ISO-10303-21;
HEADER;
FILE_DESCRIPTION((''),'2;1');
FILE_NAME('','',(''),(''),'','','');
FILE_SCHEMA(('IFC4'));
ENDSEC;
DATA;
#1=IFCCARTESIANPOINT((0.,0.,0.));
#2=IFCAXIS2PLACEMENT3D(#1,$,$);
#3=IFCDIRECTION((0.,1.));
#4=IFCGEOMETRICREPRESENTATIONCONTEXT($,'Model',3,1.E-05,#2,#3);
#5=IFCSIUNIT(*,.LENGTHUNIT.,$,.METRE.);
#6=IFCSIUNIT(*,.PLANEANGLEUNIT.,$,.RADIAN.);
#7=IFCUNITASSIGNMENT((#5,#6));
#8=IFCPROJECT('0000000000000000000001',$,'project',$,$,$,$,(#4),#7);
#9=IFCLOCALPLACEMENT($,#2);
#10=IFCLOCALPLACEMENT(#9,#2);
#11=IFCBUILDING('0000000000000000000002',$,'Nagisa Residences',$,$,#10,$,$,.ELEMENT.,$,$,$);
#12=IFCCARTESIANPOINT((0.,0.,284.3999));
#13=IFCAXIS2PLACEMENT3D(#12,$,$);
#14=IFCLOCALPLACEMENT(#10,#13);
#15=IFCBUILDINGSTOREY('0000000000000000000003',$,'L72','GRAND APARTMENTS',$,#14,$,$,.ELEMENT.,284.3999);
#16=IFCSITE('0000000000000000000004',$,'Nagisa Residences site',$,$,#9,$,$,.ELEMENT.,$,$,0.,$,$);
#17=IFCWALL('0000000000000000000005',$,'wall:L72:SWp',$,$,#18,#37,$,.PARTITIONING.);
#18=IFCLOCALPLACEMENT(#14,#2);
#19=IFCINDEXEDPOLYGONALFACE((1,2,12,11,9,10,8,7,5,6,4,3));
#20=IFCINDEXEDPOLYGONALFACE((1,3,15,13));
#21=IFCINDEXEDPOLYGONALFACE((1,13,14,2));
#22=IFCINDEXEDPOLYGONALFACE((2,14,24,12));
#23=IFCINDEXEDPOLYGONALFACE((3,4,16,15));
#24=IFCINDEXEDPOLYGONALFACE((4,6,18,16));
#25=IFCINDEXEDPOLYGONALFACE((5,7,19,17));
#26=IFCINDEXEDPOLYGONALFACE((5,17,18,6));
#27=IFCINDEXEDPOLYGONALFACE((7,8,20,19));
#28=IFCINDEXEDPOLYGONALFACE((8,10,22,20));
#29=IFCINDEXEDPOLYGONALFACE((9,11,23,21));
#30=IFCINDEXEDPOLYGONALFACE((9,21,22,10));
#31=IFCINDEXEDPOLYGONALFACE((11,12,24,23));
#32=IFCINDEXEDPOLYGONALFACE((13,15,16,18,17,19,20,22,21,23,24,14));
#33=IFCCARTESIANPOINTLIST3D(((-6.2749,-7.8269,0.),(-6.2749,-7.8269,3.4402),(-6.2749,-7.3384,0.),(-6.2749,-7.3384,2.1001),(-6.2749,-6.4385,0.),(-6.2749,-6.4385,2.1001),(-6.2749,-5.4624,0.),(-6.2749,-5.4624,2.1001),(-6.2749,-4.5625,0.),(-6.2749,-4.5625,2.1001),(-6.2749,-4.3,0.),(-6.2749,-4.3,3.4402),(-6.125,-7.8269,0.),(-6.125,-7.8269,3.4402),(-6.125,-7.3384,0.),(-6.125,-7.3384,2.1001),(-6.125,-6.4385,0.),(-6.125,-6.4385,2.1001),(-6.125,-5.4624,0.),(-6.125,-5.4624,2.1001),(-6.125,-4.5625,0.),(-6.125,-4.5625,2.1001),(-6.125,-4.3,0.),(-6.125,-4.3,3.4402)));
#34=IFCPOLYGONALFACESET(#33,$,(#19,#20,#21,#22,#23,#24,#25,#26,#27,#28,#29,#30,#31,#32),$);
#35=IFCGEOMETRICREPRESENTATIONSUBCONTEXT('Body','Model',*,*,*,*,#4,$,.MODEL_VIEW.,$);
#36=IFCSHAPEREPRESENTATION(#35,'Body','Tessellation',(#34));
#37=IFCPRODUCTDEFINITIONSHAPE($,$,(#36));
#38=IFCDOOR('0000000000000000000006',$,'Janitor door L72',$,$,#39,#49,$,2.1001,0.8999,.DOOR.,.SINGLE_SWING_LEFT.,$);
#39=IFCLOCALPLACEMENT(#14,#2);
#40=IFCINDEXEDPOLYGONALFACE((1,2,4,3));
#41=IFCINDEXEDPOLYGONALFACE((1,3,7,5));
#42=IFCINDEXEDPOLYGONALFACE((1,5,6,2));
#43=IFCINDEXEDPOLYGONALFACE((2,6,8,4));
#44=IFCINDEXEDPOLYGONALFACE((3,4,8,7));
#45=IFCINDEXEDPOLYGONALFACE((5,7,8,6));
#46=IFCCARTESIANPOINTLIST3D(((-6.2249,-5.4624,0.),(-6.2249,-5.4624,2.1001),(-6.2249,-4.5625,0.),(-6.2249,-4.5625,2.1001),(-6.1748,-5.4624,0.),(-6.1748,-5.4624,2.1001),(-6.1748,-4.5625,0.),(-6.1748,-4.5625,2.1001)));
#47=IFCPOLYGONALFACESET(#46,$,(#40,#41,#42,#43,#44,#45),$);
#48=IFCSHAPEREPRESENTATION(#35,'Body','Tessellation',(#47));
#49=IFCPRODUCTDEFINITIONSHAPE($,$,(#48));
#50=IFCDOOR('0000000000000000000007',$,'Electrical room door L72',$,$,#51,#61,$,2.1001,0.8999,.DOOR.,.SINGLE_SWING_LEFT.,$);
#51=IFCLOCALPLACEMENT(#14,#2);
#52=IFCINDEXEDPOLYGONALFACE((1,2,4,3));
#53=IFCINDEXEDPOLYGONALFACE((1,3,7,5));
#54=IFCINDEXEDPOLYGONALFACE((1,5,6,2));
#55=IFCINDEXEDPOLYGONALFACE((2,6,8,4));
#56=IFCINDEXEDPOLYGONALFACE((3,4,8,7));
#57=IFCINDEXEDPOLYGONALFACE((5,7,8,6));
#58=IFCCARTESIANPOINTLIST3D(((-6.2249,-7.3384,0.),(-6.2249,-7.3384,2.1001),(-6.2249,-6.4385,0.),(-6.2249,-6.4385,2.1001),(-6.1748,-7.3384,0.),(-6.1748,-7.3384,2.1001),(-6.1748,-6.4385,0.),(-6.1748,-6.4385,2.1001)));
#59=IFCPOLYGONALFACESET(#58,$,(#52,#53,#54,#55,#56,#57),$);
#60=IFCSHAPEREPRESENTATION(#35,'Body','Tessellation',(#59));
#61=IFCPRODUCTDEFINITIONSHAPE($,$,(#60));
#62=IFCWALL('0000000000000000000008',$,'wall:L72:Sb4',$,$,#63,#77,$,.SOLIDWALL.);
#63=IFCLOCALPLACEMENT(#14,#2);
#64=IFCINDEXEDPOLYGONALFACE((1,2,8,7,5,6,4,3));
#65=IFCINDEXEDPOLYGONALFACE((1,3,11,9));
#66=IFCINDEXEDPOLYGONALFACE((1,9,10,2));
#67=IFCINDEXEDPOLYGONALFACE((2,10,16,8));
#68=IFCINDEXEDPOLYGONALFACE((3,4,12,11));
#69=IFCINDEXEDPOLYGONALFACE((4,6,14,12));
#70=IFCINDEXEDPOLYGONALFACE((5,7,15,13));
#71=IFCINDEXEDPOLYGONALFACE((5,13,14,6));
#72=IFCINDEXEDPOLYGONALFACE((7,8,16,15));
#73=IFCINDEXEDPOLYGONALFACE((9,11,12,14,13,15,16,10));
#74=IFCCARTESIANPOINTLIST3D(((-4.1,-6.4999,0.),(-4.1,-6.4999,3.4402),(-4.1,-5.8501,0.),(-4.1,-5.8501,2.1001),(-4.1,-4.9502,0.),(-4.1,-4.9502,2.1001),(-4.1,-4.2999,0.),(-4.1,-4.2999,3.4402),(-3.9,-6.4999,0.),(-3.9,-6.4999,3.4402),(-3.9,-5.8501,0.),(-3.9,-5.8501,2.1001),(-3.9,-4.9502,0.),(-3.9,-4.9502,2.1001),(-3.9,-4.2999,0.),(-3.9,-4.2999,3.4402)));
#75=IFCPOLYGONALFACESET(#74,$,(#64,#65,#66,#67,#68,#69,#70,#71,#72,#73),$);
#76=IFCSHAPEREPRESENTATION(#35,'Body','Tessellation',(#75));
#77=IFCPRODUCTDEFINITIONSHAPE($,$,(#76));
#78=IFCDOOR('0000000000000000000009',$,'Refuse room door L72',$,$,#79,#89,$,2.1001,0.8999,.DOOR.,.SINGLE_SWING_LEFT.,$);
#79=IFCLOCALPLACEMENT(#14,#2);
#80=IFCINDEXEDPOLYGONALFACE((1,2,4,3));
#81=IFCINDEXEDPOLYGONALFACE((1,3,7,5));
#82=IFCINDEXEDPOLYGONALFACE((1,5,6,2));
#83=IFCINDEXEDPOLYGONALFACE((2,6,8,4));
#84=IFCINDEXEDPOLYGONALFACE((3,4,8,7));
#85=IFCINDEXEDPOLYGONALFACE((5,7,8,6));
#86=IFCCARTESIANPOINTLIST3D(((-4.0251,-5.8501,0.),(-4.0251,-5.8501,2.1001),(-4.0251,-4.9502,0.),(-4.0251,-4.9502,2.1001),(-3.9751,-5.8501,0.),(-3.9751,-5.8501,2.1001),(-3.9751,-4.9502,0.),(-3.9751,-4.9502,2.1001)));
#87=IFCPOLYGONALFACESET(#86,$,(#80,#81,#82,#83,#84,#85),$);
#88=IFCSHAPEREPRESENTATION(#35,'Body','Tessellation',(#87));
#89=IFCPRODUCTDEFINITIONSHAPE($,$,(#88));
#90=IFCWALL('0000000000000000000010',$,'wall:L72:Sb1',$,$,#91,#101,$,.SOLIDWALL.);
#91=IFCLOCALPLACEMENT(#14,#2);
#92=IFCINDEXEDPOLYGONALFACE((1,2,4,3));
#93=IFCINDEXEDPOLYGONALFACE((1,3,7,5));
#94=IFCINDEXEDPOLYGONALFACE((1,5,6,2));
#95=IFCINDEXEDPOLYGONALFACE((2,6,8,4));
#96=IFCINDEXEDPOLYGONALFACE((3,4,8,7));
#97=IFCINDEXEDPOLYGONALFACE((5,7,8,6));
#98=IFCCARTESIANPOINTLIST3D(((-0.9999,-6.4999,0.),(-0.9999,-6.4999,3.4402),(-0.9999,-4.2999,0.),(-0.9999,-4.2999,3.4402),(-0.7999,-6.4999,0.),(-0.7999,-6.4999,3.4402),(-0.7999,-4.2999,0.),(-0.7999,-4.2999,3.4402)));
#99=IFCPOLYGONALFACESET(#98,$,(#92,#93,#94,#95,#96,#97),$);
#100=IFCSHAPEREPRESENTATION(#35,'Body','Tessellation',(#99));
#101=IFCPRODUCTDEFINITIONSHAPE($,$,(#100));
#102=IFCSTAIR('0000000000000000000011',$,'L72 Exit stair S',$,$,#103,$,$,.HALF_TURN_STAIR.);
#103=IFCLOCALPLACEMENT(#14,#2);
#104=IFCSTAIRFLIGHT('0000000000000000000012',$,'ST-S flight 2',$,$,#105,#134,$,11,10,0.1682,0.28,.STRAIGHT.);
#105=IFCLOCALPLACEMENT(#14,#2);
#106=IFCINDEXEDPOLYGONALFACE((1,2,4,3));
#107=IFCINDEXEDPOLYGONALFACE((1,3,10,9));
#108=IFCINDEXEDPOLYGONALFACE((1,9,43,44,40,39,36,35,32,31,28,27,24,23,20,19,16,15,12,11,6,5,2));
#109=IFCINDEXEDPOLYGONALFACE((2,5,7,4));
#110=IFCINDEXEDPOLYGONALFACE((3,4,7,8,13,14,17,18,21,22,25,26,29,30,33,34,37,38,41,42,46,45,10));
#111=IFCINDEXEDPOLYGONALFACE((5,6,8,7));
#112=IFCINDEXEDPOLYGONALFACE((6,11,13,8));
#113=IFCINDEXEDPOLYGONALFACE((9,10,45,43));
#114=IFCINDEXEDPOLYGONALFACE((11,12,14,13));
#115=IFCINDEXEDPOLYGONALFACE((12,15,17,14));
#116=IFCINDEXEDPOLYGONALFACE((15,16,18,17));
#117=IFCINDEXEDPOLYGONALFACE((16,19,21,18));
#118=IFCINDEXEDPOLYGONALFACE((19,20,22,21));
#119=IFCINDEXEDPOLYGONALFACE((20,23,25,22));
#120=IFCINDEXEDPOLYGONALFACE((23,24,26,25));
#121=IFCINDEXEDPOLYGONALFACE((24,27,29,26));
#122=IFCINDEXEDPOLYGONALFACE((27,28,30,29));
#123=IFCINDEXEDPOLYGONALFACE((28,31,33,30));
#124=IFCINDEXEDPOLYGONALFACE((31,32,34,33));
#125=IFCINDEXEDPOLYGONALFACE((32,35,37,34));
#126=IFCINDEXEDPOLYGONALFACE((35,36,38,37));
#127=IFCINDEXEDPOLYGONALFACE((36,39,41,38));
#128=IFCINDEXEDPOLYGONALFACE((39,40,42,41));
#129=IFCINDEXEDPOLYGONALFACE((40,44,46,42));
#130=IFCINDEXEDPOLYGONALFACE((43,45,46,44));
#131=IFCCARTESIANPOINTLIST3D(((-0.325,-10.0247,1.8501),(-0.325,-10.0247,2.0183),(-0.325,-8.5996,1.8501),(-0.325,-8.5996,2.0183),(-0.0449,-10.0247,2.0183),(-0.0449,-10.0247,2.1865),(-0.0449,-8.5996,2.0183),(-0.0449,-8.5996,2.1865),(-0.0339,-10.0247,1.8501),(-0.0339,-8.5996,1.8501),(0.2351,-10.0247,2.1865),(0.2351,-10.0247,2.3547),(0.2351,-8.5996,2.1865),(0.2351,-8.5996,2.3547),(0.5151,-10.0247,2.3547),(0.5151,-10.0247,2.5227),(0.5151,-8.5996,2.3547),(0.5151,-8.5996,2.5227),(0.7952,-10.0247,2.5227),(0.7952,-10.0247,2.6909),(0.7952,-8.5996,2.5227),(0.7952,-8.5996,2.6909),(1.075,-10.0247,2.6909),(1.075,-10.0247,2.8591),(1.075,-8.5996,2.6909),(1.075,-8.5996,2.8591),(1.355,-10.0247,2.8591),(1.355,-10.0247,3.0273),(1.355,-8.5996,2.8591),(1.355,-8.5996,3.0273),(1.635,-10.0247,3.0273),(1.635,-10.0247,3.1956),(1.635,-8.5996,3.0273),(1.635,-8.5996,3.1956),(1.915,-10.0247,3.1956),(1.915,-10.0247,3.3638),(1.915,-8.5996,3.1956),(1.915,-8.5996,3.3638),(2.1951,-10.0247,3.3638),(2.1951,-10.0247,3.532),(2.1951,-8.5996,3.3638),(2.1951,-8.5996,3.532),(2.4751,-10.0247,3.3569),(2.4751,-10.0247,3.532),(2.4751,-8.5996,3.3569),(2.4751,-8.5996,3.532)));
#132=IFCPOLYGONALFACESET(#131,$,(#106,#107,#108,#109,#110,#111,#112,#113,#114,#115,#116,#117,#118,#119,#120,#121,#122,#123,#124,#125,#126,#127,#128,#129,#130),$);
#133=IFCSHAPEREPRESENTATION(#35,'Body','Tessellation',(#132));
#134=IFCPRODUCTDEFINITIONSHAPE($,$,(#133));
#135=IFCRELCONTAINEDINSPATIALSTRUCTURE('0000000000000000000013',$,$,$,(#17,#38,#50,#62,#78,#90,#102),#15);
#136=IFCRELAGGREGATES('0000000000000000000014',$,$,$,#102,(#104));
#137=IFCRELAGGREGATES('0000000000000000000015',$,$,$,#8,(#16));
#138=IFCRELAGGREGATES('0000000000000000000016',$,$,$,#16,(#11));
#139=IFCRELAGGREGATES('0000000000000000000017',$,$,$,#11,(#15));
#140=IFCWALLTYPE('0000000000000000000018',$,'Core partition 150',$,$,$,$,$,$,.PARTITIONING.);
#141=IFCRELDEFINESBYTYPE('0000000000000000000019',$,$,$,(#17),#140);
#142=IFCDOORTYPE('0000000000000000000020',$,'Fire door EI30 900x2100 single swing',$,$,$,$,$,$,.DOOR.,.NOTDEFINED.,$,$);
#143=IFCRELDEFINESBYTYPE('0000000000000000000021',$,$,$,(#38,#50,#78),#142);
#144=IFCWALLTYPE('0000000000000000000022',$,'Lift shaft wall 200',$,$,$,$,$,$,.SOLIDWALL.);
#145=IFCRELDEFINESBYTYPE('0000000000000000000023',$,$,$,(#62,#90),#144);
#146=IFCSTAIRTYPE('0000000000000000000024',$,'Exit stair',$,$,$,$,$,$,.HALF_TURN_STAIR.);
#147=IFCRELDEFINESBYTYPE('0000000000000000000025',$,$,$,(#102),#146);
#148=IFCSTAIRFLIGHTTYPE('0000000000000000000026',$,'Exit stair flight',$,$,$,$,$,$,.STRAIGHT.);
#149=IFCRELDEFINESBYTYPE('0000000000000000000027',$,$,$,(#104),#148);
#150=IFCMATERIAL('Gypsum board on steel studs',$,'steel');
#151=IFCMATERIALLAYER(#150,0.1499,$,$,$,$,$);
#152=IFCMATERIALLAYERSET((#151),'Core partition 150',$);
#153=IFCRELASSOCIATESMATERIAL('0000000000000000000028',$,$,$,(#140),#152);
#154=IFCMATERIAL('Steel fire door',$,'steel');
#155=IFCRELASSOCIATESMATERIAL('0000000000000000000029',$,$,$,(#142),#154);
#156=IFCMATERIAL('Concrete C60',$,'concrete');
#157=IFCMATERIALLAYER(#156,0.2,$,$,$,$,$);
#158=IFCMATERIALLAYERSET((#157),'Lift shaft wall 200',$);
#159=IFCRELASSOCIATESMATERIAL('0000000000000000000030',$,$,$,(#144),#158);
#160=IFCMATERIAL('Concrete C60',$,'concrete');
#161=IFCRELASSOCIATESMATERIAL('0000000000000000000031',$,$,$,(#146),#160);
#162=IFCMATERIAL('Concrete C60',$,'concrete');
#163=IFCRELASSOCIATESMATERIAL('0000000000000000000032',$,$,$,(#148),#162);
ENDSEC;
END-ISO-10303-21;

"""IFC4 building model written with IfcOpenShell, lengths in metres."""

from ifc_helpers import new_model, si_unit, direction, frame, frame_2d, origin, place, context, subcontext, project, spatial, polyline, rectangle, outline, extrude, material, layer, layer_set, type_object, element, fill, aggregate, save


model = new_model("IFC4")

# Units and contexts
model_context = context("Model", 3, precision=1e-05, world=origin(), true_north=direction((0.0, 1.0)))
body_context = subcontext(model_context, "Body", "Model", "MODEL_VIEW")
ifc_project = project(units=[si_unit("LENGTHUNIT", "METRE"), si_unit("PLANEANGLEUNIT", "RADIAN")], contexts=[model_context])

# Site, building, storey
site_placement = place(None, origin())
site = spatial("IfcSite", under=ifc_project, at=site_placement, Name="Nagisa Residences site", CompositionType="ELEMENT", RefElevation=0.0)
building_placement = place(site_placement, origin())
building = spatial("IfcBuilding", under=site, at=building_placement, Name="Nagisa Residences", CompositionType="ELEMENT")
storey_placement = place(building_placement, frame((0.0, 0.0, 284.3999)))
storey = spatial("IfcBuildingStorey", under=building, at=storey_placement, Name="L72", Description="GRAND APARTMENTS", CompositionType="ELEMENT", Elevation=284.3999)

# Wall, openings, doors
ifc_material_1 = material(Name="Gypsum board on steel studs", Category="steel")
ifc_layer_1 = layer(ifc_material_1, 0.1499)
ifc_layer_set_1 = layer_set([ifc_layer_1], Name="Core partition 150")
wall_type_1 = type_object("IfcWallType", Name="Core partition 150", PredefinedType="PARTITIONING", material=ifc_layer_set_1)
wall_1_placement = place(storey_placement, frame((-6.2, -7.8269, 0.0), z_axis=(0.0, 0.0, 1.0), x_axis=(0.0, 1.0, 0.0)))
wall_1 = element("IfcWall", 1, at=wall_1_placement, inside=storey, type_object=wall_type_1, Name="wall:L72:SWp", PredefinedType="PARTITIONING", context=body_context, shape_type="SweptSolid", body=[
    extrude(rectangle(XDim=3.5269, YDim=0.1499, at=frame_2d((1.7634, 0.0))), origin(), (0.0, 0.0, 1.0), 3.4402),
])
opening_1_placement = place(wall_1_placement, frame((2.3645, 0.0, 0.0)))
opening_1 = element("IfcOpeningElement", 2, at=opening_1_placement, cuts=wall_1, PredefinedType="OPENING", context=body_context, shape_type="SweptSolid", body=[
    extrude(rectangle(XDim=0.8999, YDim=2.1001, at=frame_2d((0.45, 1.05))), frame((0.0, 0.085, 0.0), z_axis=(0.0, -1.0, 0.0), x_axis=(1.0, 0.0, 0.0)), (0.0, 0.0, 1.0), 0.1699),
])
opening_2_placement = place(wall_1_placement, frame((0.4885, 0.0, 0.0)))
opening_2 = element("IfcOpeningElement", 3, at=opening_2_placement, cuts=wall_1, PredefinedType="OPENING", context=body_context, shape_type="SweptSolid", body=[
    extrude(rectangle(XDim=0.8999, YDim=2.1001, at=frame_2d((0.45, 1.05))), frame((0.0, 0.085, 0.0), z_axis=(0.0, -1.0, 0.0), x_axis=(1.0, 0.0, 0.0)), (0.0, 0.0, 1.0), 0.1699),
])
ifc_material_2 = material(Name="Steel fire door", Category="steel")
door_type_1 = type_object("IfcDoorType", Name="Fire door EI30 900x2100 single swing", OperationType="NOTDEFINED", PredefinedType="DOOR", material=ifc_material_2)
door_1_placement = place(opening_1_placement, origin())
door_1 = element("IfcDoor", 4, at=door_1_placement, inside=storey, type_object=door_type_1, Name="Janitor door L72", OperationType="SINGLE_SWING_LEFT", OverallHeight=2.1001, OverallWidth=0.8999, PredefinedType="DOOR", context=body_context, shape_type="SweptSolid", body=[
    extrude(rectangle(XDim=0.8999, YDim=2.1001, at=frame_2d((0.45, 1.05))), frame((0.0, 0.0249, 0.0), z_axis=(0.0, -1.0, 0.0), x_axis=(1.0, 0.0, 0.0)), (0.0, 0.0, 1.0), 0.05),
])
fill(opening_1, door_1)
door_2_placement = place(opening_2_placement, origin())
door_2 = element("IfcDoor", 5, at=door_2_placement, inside=storey, type_object=door_type_1, Name="Electrical room door L72", OperationType="SINGLE_SWING_LEFT", OverallHeight=2.1001, OverallWidth=0.8999, PredefinedType="DOOR", context=body_context, shape_type="SweptSolid", body=[
    extrude(rectangle(XDim=0.8999, YDim=2.1001, at=frame_2d((0.45, 1.05))), frame((0.0, 0.0249, 0.0), z_axis=(0.0, -1.0, 0.0), x_axis=(1.0, 0.0, 0.0)), (0.0, 0.0, 1.0), 0.05),
])
fill(opening_2, door_2)

# Wall, opening, door
ifc_material_3 = material(Name="Concrete C60", Category="concrete")
ifc_layer_2 = layer(ifc_material_3, 0.2)
ifc_layer_set_2 = layer_set([ifc_layer_2], Name="Lift shaft wall 200")
wall_type_2 = type_object("IfcWallType", Name="Lift shaft wall 200", PredefinedType="SOLIDWALL", material=ifc_layer_set_2)
wall_2_placement = place(storey_placement, frame((-4.0, -6.5, 0.0), z_axis=(0.0, 0.0, 1.0), x_axis=(0.0, 1.0, 0.0)))
wall_2 = element("IfcWall", 6, at=wall_2_placement, inside=storey, type_object=wall_type_2, Name="wall:L72:Sb4", PredefinedType="SOLIDWALL", context=body_context, shape_type="SweptSolid", body=[
    extrude(rectangle(XDim=2.2, YDim=0.2, at=frame_2d((1.1001, 0.0))), origin(), (0.0, 0.0, 1.0), 3.4402),
])
opening_3_placement = place(wall_2_placement, frame((0.6499, 0.0, 0.0)))
opening_3 = element("IfcOpeningElement", 7, at=opening_3_placement, cuts=wall_2, PredefinedType="OPENING", context=body_context, shape_type="SweptSolid", body=[
    extrude(rectangle(XDim=0.8999, YDim=2.1001, at=frame_2d((0.45, 1.05))), frame((0.0, 0.1099, 0.0), z_axis=(0.0, -1.0, 0.0), x_axis=(1.0, 0.0, 0.0)), (0.0, 0.0, 1.0), 0.22),
])
door_3_placement = place(opening_3_placement, frame((0.8999, 0.0, 0.0), x_axis=(-1.0, 0.0, 0.0)))
door_3 = element("IfcDoor", 8, at=door_3_placement, inside=storey, type_object=door_type_1, Name="Refuse room door L72", OperationType="SINGLE_SWING_LEFT", OverallHeight=2.1001, OverallWidth=0.8999, PredefinedType="DOOR", context=body_context, shape_type="SweptSolid", body=[
    extrude(rectangle(XDim=0.8999, YDim=2.1001, at=frame_2d((0.45, 1.05))), frame((0.0, 0.0249, 0.0), z_axis=(0.0, -1.0, 0.0), x_axis=(1.0, 0.0, 0.0)), (0.0, 0.0, 1.0), 0.05),
])
fill(opening_3, door_3)

# Wall
wall_3_placement = place(storey_placement, frame((-0.8999, -6.5, 0.0), z_axis=(0.0, 0.0, 1.0), x_axis=(0.0, 1.0, 0.0)))
element("IfcWall", 9, at=wall_3_placement, inside=storey, type_object=wall_type_2, Name="wall:L72:Sb1", PredefinedType="SOLIDWALL", context=body_context, shape_type="SweptSolid", body=[
    extrude(rectangle(XDim=2.2, YDim=0.2, at=frame_2d((1.1001, 0.0))), origin(), (0.0, 0.0, 1.0), 3.4402),
])

# Stair, stair flight
ifc_material_4 = material(Name="Concrete C60", Category="concrete")
stair_type = type_object("IfcStairType", Name="Exit stair", PredefinedType="HALF_TURN_STAIR", material=ifc_material_4)
stair_placement = place(storey_placement, origin())
stair = element("IfcStair", 10, at=stair_placement, inside=storey, type_object=stair_type, Name="L72 Exit stair S", PredefinedType="HALF_TURN_STAIR")
ifc_material_5 = material(Name="Concrete C60", Category="concrete")
stair_flight_type = type_object("IfcStairFlightType", Name="Exit stair flight", PredefinedType="STRAIGHT", material=ifc_material_5)
stair_flight_placement = place(storey_placement, frame((-0.325, -9.312, 1.8501), z_axis=(0.0, 0.0, 1.0), x_axis=(1.0, 0.0, 0.0)))
stair_flight = element("IfcStairFlight", 11, at=stair_flight_placement, type_object=stair_flight_type, Name="ST-S flight 2", NumberOfRisers=11, NumberOfTreads=10, PredefinedType="STRAIGHT", RiserHeight=0.1682, TreadLength=0.28, context=body_context, shape_type="SweptSolid", body=[
    extrude(outline(polyline([(0.0, 0.0), (0.0, 0.1682), (0.28, 0.1682), (0.28, 0.3364), (0.5601, 0.3364), (0.5601, 0.5046), (0.8401, 0.5046), (0.8401, 0.6726), (1.1201, 0.6726), (1.1201, 0.8408), (1.3999, 0.8408), (1.3999, 1.009), (1.6799, 1.009), (1.6799, 1.1772), (1.96, 1.1772), (1.96, 1.3455), (2.24, 1.3455), (2.24, 1.5137), (2.52, 1.5137), (2.52, 1.6819), (2.8, 1.6819), (2.8, 1.8501), (2.8, 1.5068), (0.291, 0.0), (0.0, 0.0)])), frame((0.0, 0.7124, 0.0), z_axis=(0.0, -1.0, 0.0), x_axis=(1.0, 0.0, 0.0)), (0.0, 0.0, 1.0), 1.425),
])
aggregate(stair, [stair_flight])

save(model, "model.ifc")
